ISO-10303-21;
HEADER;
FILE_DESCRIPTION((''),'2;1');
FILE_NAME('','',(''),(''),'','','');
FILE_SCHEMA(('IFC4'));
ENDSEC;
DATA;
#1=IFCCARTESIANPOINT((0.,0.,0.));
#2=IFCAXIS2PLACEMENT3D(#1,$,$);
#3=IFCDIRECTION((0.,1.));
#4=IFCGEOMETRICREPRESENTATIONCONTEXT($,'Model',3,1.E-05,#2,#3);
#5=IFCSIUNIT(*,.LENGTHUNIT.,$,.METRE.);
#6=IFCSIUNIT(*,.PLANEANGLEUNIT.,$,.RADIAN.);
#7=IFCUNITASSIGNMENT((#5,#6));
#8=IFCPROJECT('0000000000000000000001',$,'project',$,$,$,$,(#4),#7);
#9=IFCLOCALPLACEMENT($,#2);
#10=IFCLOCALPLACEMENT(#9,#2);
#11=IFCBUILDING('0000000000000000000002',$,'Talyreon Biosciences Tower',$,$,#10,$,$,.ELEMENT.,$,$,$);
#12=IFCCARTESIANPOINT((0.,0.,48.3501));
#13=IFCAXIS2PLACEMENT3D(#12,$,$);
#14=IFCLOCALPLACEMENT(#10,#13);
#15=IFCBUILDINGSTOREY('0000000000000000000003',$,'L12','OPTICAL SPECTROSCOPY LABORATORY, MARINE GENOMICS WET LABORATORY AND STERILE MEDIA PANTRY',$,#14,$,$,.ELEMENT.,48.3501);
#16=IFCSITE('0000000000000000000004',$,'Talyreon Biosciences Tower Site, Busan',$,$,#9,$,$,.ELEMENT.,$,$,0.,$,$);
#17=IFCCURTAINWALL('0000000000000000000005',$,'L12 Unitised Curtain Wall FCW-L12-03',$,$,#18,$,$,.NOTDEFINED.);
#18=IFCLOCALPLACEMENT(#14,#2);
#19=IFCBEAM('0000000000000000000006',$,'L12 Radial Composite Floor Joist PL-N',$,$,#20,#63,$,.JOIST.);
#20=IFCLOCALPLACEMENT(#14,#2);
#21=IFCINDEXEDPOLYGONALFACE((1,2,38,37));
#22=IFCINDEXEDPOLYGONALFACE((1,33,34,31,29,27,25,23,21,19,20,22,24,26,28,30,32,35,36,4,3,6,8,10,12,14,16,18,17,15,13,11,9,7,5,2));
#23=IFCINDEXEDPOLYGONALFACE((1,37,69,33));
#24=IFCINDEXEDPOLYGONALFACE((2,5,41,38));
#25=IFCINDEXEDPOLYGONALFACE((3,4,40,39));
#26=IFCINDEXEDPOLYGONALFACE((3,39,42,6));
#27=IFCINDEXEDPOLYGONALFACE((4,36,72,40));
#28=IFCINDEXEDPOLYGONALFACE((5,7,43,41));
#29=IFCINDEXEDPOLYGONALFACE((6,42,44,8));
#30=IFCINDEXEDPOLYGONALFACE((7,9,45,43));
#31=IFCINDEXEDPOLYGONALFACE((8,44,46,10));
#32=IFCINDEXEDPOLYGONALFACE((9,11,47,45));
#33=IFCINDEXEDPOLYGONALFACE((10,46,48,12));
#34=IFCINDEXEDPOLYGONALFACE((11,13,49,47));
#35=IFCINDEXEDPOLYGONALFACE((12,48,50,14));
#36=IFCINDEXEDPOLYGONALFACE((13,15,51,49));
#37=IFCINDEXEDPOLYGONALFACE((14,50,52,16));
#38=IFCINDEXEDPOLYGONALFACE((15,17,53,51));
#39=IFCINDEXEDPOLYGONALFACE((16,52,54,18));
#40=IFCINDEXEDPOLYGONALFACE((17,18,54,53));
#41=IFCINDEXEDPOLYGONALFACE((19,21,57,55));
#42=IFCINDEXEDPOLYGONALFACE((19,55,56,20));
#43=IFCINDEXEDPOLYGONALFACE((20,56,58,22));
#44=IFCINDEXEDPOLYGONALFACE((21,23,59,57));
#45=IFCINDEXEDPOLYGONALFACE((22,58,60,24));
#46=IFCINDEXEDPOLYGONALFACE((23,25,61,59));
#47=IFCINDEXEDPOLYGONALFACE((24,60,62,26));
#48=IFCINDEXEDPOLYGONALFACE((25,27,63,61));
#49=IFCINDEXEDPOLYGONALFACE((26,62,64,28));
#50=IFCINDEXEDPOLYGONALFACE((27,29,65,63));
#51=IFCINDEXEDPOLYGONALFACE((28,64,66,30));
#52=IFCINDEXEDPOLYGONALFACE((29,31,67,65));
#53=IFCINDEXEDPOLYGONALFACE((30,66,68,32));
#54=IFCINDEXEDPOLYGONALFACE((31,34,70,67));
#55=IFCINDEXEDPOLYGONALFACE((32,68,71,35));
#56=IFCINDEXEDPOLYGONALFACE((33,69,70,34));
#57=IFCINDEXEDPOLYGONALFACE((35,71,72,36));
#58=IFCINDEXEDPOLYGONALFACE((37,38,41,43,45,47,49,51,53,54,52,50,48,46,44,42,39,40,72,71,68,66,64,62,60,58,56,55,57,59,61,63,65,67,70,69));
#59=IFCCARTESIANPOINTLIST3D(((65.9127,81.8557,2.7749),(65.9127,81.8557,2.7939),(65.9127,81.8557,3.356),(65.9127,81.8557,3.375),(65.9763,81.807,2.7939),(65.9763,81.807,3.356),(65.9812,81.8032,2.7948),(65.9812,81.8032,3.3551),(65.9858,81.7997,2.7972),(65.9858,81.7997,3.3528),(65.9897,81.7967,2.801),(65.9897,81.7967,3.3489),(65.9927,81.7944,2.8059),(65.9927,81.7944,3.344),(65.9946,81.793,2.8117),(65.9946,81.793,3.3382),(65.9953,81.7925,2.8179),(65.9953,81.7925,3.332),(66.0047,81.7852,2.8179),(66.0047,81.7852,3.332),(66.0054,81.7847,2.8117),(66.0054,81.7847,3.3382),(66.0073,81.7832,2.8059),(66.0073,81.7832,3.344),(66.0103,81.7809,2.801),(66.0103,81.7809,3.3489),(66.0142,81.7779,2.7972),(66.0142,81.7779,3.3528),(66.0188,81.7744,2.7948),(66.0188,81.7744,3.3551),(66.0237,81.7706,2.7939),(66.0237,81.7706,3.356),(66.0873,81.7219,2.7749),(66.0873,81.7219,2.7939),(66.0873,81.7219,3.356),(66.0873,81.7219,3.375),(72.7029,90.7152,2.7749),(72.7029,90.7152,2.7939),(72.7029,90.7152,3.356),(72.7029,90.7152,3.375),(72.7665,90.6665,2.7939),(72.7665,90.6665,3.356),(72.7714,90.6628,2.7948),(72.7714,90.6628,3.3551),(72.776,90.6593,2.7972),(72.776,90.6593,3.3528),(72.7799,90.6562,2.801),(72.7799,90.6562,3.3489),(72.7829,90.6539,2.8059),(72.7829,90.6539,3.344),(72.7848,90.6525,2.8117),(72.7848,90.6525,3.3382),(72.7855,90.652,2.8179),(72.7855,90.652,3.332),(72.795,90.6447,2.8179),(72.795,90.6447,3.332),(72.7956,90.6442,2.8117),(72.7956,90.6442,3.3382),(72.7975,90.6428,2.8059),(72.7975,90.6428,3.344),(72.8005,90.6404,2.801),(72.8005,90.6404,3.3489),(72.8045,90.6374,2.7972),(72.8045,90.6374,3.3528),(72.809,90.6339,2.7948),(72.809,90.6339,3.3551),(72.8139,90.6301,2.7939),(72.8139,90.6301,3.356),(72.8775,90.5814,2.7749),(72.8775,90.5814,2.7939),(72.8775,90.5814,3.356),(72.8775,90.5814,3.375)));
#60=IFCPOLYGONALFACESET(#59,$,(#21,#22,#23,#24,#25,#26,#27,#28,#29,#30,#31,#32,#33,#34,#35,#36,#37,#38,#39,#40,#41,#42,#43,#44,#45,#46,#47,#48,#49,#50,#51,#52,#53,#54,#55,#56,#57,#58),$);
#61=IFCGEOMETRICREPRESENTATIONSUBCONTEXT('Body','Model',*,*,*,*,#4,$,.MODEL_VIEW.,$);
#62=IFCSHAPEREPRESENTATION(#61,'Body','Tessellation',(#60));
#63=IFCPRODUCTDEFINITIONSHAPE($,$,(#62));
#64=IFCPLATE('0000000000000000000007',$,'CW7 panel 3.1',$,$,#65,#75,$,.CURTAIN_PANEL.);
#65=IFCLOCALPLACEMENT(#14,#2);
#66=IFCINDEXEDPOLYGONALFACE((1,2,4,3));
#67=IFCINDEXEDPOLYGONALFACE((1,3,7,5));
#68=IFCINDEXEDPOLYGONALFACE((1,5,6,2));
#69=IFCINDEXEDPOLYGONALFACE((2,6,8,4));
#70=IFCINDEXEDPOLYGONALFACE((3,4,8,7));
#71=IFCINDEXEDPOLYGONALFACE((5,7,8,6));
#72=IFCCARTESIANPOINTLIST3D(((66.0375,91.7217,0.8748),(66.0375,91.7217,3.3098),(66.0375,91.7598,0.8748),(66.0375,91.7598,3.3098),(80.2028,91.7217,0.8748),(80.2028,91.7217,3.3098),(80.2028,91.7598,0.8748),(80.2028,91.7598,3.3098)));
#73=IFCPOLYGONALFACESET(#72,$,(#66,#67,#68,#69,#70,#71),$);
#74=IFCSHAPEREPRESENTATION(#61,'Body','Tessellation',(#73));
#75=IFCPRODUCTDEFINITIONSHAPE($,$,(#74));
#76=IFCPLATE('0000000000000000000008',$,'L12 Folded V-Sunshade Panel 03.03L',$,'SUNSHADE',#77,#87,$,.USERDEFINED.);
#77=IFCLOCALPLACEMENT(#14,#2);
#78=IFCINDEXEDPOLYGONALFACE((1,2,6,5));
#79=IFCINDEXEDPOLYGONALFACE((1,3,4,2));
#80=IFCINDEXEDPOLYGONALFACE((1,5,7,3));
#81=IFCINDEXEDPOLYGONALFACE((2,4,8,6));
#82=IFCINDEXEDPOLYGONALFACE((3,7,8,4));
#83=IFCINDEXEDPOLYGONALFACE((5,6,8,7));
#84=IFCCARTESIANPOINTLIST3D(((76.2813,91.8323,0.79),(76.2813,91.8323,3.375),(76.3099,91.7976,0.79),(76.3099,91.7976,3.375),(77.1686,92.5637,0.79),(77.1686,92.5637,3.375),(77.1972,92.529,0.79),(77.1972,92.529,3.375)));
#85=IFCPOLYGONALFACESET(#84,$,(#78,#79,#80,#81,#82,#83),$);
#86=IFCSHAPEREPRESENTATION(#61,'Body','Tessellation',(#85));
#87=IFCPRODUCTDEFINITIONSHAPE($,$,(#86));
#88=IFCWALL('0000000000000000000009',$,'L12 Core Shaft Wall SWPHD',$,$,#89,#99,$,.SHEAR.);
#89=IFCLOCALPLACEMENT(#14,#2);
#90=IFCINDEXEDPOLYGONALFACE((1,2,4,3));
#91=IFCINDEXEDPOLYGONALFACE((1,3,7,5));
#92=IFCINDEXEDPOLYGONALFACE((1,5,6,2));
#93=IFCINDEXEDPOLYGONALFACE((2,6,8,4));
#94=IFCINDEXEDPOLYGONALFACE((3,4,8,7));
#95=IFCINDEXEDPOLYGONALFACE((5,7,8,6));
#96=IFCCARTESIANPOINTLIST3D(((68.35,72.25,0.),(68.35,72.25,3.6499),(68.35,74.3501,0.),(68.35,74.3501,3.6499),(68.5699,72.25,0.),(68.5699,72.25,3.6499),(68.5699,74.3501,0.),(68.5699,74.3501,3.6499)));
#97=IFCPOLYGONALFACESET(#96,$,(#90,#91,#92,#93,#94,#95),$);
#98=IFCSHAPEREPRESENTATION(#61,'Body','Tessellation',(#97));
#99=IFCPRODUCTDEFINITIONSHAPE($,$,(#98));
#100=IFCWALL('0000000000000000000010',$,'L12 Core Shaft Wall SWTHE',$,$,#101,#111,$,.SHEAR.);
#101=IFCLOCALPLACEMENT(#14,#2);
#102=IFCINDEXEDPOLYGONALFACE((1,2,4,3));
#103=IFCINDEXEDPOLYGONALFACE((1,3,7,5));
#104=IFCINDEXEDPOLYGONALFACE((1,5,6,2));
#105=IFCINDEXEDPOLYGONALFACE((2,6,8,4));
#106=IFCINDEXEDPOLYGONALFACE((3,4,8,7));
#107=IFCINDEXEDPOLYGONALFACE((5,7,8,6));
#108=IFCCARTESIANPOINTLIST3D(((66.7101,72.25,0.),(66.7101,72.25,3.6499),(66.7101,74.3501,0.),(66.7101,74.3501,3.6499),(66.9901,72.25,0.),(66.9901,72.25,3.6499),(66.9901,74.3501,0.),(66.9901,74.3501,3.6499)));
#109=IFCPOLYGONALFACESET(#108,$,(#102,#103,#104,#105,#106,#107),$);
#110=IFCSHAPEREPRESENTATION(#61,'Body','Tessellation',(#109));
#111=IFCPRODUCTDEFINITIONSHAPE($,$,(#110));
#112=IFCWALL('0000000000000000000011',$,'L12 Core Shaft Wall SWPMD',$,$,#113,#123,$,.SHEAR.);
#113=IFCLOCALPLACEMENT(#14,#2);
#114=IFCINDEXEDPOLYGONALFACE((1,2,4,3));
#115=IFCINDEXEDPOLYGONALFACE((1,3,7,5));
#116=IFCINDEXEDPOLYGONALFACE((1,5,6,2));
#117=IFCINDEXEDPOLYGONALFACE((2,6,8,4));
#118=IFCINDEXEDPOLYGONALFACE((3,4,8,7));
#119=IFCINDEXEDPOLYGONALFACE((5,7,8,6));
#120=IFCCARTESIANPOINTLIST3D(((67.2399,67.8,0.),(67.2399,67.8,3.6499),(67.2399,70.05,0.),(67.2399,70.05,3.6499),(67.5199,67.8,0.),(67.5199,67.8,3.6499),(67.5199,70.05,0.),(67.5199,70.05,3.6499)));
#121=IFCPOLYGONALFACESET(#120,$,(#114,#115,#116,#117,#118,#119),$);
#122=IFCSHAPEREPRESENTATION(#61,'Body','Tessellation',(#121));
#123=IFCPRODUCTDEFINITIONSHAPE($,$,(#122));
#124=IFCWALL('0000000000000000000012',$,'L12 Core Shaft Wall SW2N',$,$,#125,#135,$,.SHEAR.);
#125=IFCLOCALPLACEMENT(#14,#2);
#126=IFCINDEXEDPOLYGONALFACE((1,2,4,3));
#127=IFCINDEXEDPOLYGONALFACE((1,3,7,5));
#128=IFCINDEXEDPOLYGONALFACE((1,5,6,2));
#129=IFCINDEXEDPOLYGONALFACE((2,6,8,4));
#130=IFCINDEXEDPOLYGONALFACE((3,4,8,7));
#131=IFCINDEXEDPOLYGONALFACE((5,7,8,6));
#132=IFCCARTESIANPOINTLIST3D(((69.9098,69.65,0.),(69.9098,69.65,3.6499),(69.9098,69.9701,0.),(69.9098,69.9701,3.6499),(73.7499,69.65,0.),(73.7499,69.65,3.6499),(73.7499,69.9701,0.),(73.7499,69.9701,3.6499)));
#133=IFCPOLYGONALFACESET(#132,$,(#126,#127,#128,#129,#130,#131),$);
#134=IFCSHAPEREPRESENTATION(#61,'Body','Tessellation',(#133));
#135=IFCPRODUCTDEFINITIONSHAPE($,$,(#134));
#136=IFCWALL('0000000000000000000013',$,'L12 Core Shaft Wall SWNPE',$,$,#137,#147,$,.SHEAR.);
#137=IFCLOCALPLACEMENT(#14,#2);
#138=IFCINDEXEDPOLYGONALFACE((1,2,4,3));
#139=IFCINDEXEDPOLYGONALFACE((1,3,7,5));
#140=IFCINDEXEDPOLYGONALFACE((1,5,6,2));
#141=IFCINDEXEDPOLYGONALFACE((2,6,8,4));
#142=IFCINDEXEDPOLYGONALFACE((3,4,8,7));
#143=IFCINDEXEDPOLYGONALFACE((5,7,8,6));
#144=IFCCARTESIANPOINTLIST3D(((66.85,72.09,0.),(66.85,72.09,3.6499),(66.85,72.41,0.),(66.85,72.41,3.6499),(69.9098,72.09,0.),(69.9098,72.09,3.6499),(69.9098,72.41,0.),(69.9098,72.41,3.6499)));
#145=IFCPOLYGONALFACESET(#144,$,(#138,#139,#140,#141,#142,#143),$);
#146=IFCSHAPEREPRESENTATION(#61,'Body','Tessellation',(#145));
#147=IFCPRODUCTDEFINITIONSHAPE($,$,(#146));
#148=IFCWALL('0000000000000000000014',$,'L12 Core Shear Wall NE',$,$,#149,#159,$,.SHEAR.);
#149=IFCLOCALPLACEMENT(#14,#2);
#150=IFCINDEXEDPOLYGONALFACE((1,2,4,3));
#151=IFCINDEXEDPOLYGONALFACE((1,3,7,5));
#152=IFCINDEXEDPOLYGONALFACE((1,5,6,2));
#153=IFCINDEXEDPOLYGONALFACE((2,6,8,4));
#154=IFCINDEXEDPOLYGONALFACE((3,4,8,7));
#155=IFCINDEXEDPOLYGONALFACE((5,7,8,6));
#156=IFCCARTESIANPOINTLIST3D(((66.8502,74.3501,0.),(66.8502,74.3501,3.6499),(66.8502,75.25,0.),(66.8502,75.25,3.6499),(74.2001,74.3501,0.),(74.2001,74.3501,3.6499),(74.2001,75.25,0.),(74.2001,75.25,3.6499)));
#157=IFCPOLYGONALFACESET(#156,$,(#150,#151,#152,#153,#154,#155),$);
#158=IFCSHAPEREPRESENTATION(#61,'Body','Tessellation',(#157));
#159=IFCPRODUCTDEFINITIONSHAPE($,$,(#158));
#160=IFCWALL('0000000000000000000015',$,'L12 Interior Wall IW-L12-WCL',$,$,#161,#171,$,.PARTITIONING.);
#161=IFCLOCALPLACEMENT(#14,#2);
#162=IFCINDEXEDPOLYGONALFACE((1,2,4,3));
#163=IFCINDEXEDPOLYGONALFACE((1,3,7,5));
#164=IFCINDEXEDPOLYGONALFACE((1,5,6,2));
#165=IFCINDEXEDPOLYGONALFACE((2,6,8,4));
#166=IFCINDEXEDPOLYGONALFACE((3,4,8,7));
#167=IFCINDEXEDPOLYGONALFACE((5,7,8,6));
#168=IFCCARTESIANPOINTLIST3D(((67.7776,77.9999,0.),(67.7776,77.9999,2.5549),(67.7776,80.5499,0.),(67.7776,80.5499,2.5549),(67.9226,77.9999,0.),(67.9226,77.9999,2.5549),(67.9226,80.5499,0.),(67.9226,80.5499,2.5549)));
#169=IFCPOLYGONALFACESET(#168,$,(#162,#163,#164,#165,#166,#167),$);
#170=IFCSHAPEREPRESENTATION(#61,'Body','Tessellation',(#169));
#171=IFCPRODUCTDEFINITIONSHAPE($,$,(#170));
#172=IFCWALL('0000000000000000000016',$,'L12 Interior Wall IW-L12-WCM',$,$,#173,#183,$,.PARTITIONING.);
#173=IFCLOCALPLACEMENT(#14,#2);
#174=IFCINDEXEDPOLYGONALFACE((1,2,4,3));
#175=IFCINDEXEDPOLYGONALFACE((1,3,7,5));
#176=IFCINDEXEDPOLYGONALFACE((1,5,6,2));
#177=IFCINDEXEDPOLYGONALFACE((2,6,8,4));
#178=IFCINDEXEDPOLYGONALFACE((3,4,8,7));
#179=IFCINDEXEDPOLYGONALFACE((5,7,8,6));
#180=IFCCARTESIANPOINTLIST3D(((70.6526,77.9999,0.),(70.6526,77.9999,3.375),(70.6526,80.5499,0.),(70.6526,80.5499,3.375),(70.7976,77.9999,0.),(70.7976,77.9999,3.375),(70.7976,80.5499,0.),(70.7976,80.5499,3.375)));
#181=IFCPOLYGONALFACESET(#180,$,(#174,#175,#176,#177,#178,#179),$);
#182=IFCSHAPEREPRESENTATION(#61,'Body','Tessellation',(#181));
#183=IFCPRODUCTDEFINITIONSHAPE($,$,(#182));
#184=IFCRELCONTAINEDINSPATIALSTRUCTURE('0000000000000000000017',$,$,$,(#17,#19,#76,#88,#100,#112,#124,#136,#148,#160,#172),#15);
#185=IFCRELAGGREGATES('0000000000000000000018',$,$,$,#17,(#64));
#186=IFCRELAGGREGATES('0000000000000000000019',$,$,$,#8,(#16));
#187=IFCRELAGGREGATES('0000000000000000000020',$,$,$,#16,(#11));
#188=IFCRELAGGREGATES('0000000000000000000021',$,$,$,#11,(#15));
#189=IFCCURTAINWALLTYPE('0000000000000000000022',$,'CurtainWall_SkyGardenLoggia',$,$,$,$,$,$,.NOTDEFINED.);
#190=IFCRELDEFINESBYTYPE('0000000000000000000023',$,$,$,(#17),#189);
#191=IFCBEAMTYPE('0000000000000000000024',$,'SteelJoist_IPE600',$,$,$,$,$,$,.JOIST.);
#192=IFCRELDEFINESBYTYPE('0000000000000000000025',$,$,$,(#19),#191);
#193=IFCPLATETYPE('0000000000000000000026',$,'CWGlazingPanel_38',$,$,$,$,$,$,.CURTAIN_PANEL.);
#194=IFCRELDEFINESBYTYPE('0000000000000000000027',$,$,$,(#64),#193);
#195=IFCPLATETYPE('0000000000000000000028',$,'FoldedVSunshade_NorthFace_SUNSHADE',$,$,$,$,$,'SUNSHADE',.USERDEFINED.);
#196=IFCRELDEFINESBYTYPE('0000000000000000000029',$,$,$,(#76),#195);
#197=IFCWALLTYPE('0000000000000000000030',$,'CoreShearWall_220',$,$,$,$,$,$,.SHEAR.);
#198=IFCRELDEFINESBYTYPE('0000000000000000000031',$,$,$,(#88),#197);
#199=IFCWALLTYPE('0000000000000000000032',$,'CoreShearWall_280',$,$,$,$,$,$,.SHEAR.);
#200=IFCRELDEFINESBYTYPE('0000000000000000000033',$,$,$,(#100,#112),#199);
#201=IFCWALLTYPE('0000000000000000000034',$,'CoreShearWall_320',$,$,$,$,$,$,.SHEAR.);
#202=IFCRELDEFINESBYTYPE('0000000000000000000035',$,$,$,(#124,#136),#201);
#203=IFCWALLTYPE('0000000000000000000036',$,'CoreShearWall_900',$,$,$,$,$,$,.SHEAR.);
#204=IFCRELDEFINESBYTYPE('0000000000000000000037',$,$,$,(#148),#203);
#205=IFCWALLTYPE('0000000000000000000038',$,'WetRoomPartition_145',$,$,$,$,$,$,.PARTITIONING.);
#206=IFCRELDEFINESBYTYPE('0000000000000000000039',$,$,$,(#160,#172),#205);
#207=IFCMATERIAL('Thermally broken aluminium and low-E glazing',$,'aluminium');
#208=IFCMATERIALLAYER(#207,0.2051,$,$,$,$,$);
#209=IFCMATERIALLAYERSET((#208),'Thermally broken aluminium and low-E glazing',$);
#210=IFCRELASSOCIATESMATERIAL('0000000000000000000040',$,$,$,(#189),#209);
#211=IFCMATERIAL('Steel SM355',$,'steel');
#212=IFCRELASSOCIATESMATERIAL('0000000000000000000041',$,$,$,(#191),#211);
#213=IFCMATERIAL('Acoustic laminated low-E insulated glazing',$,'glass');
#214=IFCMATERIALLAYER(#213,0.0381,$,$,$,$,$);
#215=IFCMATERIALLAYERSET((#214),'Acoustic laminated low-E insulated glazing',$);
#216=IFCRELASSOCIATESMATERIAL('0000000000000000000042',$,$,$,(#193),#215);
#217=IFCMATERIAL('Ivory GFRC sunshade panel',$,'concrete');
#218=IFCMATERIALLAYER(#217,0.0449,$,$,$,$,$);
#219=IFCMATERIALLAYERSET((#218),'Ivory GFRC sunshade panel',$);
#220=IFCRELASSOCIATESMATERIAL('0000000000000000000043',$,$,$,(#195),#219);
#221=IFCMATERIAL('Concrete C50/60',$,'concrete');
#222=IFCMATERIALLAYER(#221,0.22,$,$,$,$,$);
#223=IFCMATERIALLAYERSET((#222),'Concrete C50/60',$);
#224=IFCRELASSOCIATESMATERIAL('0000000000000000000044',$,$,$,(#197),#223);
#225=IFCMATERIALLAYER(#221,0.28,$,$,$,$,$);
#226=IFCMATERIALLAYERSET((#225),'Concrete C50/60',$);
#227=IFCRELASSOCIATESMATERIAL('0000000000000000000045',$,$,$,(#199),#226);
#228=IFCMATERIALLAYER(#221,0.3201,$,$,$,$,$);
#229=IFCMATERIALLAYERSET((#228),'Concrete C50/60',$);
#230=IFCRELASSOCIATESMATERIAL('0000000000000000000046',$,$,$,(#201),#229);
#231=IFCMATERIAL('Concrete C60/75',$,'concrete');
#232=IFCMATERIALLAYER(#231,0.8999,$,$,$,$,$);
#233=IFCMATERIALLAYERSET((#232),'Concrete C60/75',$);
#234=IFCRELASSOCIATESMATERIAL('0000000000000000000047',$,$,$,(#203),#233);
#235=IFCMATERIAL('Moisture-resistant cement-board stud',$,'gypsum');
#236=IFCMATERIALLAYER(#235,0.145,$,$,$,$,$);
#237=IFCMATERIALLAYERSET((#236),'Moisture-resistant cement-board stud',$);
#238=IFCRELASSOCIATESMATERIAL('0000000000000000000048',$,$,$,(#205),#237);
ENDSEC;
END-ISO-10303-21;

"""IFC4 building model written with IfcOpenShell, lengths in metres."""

from ifc_helpers import new_model, si_unit, direction, frame, frame_2d, origin, origin_2d, place, context, subcontext, project, spatial, rectangle, i_section, extrude, material, layer, layer_set, material_profile, profile_set, type_object, element, aggregate, save


model = new_model("IFC4")

# Units and contexts
model_context = context("Model", 3, precision=1e-05, world=origin(), true_north=direction((0.0, 1.0)))
body_context = subcontext(model_context, "Body", "Model", "MODEL_VIEW")
ifc_project = project(units=[si_unit("LENGTHUNIT", "METRE"), si_unit("PLANEANGLEUNIT", "RADIAN")], contexts=[model_context])

# Site, building, storey
site_placement = place(None, origin())
site = spatial("IfcSite", under=ifc_project, at=site_placement, Name="Talyreon Biosciences Tower Site, Busan", CompositionType="ELEMENT", RefElevation=0.0)
building_placement = place(site_placement, origin())
building = spatial("IfcBuilding", under=site, at=building_placement, Name="Talyreon Biosciences Tower", CompositionType="ELEMENT")
storey_placement = place(building_placement, frame((0.0, 0.0, 48.3501)))
storey = spatial("IfcBuildingStorey", under=building, at=storey_placement, Name="L12", Description="OPTICAL SPECTROSCOPY LABORATORY, MARINE GENOMICS WET LABORATORY AND STERILE MEDIA PANTRY", CompositionType="ELEMENT", Elevation=48.3501)

# Shared definitions
ifc_material_1 = material(Name="Concrete C60/75", Category="concrete")

# Curtain wall
ifc_material_2 = material(Name="Thermally broken aluminium and low-E glazing", Category="aluminium")
ifc_layer_1 = layer(ifc_material_2, 0.2051)
ifc_layer_set_1 = layer_set([ifc_layer_1], Name="Thermally broken aluminium and low-E glazing")
curtain_wall_type = type_object("IfcCurtainWallType", Name="CurtainWall_SkyGardenLoggia", PredefinedType="NOTDEFINED", material=ifc_layer_set_1)
curtain_wall_placement = place(storey_placement, origin())
curtain_wall = element("IfcCurtainWall", 1, at=curtain_wall_placement, inside=storey, type_object=curtain_wall_type, Name="L12 Unitised Curtain Wall FCW-L12-03", PredefinedType="NOTDEFINED")

# Beam
ifc_material_3 = material(Name="Steel SM355", Category="steel")
ifc_material_profile_1 = material_profile(ifc_material_3, i_section(OverallWidth=0.22, OverallDepth=0.6001, WebThickness=0.012, FlangeThickness=0.019, FilletRadius=0.0239, at=origin_2d()), Name="IPE600")
ifc_profile_set_1 = profile_set([ifc_material_profile_1], Name="Steel SM355")
beam_type_1 = type_object("IfcBeamType", Name="SteelJoist_IPE600", PredefinedType="JOIST", material=ifc_profile_set_1)
beam_1_placement = place(storey_placement, frame((66.0, 81.7888, 3.075), z_axis=(0.608314, 0.793697, 0.0), x_axis=(-0.793697, 0.608314, 0.0)))
element("IfcBeam", 2, at=beam_1_placement, inside=storey, type_object=beam_type_1, Name="L12 Radial Composite Floor Joist PL-N", PredefinedType="JOIST", context=body_context, shape_type="SweptSolid", body=[
    extrude(i_section(OverallWidth=0.22, OverallDepth=0.6001, WebThickness=0.012, FlangeThickness=0.019, FilletRadius=0.0239, at=origin_2d()), origin(), (0.0, 0.0, 1.0), 11.1624),
])

# Plates
ifc_material_4 = material(Name="Acoustic laminated low-E insulated glazing", Category="glass")
ifc_layer_2 = layer(ifc_material_4, 0.0381)
ifc_layer_set_2 = layer_set([ifc_layer_2], Name="Acoustic laminated low-E insulated glazing")
plate_type_1 = type_object("IfcPlateType", Name="CWGlazingPanel_38", PredefinedType="CURTAIN_PANEL", material=ifc_layer_set_2)
plate_1_placement = place(storey_placement, frame((73.1201, 91.7407, 0.8748), z_axis=(0.0, 0.0, 1.0), x_axis=(1.0, 0.0, 0.0)))
plate_1 = element("IfcPlate", 3, at=plate_1_placement, type_object=plate_type_1, Name="CW7 panel 3.1", PredefinedType="CURTAIN_PANEL", context=body_context, shape_type="SweptSolid", body=[
    extrude(rectangle(XDim=14.1653, YDim=0.0381, at=origin_2d()), origin(), (0.0, 0.0, 1.0), 2.4351),
])
aggregate(curtain_wall, [plate_1])
ifc_material_5 = material(Name="Ivory GFRC sunshade panel", Category="concrete")
ifc_layer_3 = layer(ifc_material_5, 0.0449)
ifc_layer_set_3 = layer_set([ifc_layer_3], Name="Ivory GFRC sunshade panel")
plate_type_2 = type_object("IfcPlateType", Name="FoldedVSunshade_NorthFace_SUNSHADE", ElementType="SUNSHADE", PredefinedType="USERDEFINED", material=ifc_layer_set_3)
plate_2_placement = place(storey_placement, frame((76.7393, 92.1807, 0.79), z_axis=(0.0, 0.0, 1.0), x_axis=(0.771625, 0.636078, 0.0)))
element("IfcPlate", 4, at=plate_2_placement, inside=storey, type_object=plate_type_2, Name="L12 Folded V-Sunshade Panel 03.03L", ObjectType="SUNSHADE", PredefinedType="USERDEFINED", context=body_context, shape_type="SweptSolid", body=[
    extrude(rectangle(XDim=1.1499, YDim=0.0449, at=origin_2d()), origin(), (0.0, 0.0, 1.0), 2.585),
])

# Walls
ifc_material_6 = material(Name="Concrete C50/60", Category="concrete")
ifc_layer_4 = layer(ifc_material_6, 0.22)
ifc_layer_set_4 = layer_set([ifc_layer_4], Name="Concrete C50/60")
wall_type_1 = type_object("IfcWallType", Name="CoreShearWall_220", PredefinedType="SHEAR", material=ifc_layer_set_4)
wall_1_placement = place(storey_placement, frame((68.46, 72.25, 0.0), z_axis=(0.0, 0.0, 1.0), x_axis=(0.0, 1.0, 0.0)))
element("IfcWall", 5, at=wall_1_placement, inside=storey, type_object=wall_type_1, Name="L12 Core Shaft Wall SWPHD", PredefinedType="SHEAR", context=body_context, shape_type="SweptSolid", body=[
    extrude(rectangle(XDim=2.1001, YDim=0.22, at=frame_2d((1.05, 0.0))), origin(), (0.0, 0.0, 1.0), 3.6499),
])
ifc_layer_5 = layer(ifc_material_6, 0.28)
ifc_layer_set_5 = layer_set([ifc_layer_5], Name="Concrete C50/60")
wall_type_2 = type_object("IfcWallType", Name="CoreShearWall_280", PredefinedType="SHEAR", material=ifc_layer_set_5)
wall_2_placement = place(storey_placement, frame((66.8501, 72.25, 0.0), z_axis=(0.0, 0.0, 1.0), x_axis=(0.0, 1.0, 0.0)))
element("IfcWall", 6, at=wall_2_placement, inside=storey, type_object=wall_type_2, Name="L12 Core Shaft Wall SWTHE", PredefinedType="SHEAR", context=body_context, shape_type="SweptSolid", body=[
    extrude(rectangle(XDim=2.1001, YDim=0.28, at=frame_2d((1.05, 0.0))), origin(), (0.0, 0.0, 1.0), 3.6499),
])
wall_3_placement = place(storey_placement, frame((67.3799, 67.8, 0.0), z_axis=(0.0, 0.0, 1.0), x_axis=(0.0, 1.0, 0.0)))
element("IfcWall", 7, at=wall_3_placement, inside=storey, type_object=wall_type_2, Name="L12 Core Shaft Wall SWPMD", PredefinedType="SHEAR", context=body_context, shape_type="SweptSolid", body=[
    extrude(rectangle(XDim=2.25, YDim=0.28, at=frame_2d((1.125, 0.0))), origin(), (0.0, 0.0, 1.0), 3.6499),
])
ifc_layer_6 = layer(ifc_material_6, 0.3201)
ifc_layer_set_6 = layer_set([ifc_layer_6], Name="Concrete C50/60")
wall_type_3 = type_object("IfcWallType", Name="CoreShearWall_320", PredefinedType="SHEAR", material=ifc_layer_set_6)
wall_4_placement = place(storey_placement, frame((69.9099, 69.8101, 0.0), z_axis=(0.0, 0.0, 1.0), x_axis=(1.0, 0.0, 0.0)))
element("IfcWall", 8, at=wall_4_placement, inside=storey, type_object=wall_type_3, Name="L12 Core Shaft Wall SW2N", PredefinedType="SHEAR", context=body_context, shape_type="SweptSolid", body=[
    extrude(rectangle(XDim=3.8401, YDim=0.3201, at=frame_2d((1.9199, 0.0))), origin(), (0.0, 0.0, 1.0), 3.6499),
])
wall_5_placement = place(storey_placement, frame((66.8501, 72.25, 0.0), z_axis=(0.0, 0.0, 1.0), x_axis=(1.0, 0.0, 0.0)))
element("IfcWall", 9, at=wall_5_placement, inside=storey, type_object=wall_type_3, Name="L12 Core Shaft Wall SWNPE", PredefinedType="SHEAR", context=body_context, shape_type="SweptSolid", body=[
    extrude(rectangle(XDim=3.0598, YDim=0.3201, at=frame_2d((1.5298, 0.0))), origin(), (0.0, 0.0, 1.0), 3.6499),
])
ifc_layer_7 = layer(ifc_material_1, 0.8999)
ifc_layer_set_7 = layer_set([ifc_layer_7], Name="Concrete C60/75")
wall_type_4 = type_object("IfcWallType", Name="CoreShearWall_900", PredefinedType="SHEAR", material=ifc_layer_set_7)
wall_6_placement = place(storey_placement, frame((74.2, 74.8, 0.0), z_axis=(0.0, 0.0, 1.0), x_axis=(-1.0, 0.0, 0.0)))
element("IfcWall", 10, at=wall_6_placement, inside=storey, type_object=wall_type_4, Name="L12 Core Shear Wall NE", PredefinedType="SHEAR", context=body_context, shape_type="SweptSolid", body=[
    extrude(rectangle(XDim=7.3499, YDim=0.8999, at=frame_2d((3.6748, 0.0))), origin(), (0.0, 0.0, 1.0), 3.6499),
])
ifc_material_7 = material(Name="Moisture-resistant cement-board stud", Category="gypsum")
ifc_layer_8 = layer(ifc_material_7, 0.145)
ifc_layer_set_8 = layer_set([ifc_layer_8], Name="Moisture-resistant cement-board stud")
wall_type_5 = type_object("IfcWallType", Name="WetRoomPartition_145", PredefinedType="PARTITIONING", material=ifc_layer_set_8)
wall_7_placement = place(storey_placement, frame((67.8501, 78.0, 0.0), z_axis=(0.0, 0.0, 1.0), x_axis=(0.0, 1.0, 0.0)))
element("IfcWall", 11, at=wall_7_placement, inside=storey, type_object=wall_type_5, Name="L12 Interior Wall IW-L12-WCL", PredefinedType="PARTITIONING", context=body_context, shape_type="SweptSolid", body=[
    extrude(rectangle(XDim=2.55, YDim=0.145, at=frame_2d((1.2749, 0.0))), origin(), (0.0, 0.0, 1.0), 2.5549),
])
wall_8_placement = place(storey_placement, frame((70.7251, 78.0, 0.0), z_axis=(0.0, 0.0, 1.0), x_axis=(0.0, 1.0, 0.0)))
element("IfcWall", 12, at=wall_8_placement, inside=storey, type_object=wall_type_5, Name="L12 Interior Wall IW-L12-WCM", PredefinedType="PARTITIONING", context=body_context, shape_type="SweptSolid", body=[
    extrude(rectangle(XDim=2.55, YDim=0.145, at=frame_2d((1.2749, 0.0))), origin(), (0.0, 0.0, 1.0), 3.375),
])

save(model, "model.ifc")
